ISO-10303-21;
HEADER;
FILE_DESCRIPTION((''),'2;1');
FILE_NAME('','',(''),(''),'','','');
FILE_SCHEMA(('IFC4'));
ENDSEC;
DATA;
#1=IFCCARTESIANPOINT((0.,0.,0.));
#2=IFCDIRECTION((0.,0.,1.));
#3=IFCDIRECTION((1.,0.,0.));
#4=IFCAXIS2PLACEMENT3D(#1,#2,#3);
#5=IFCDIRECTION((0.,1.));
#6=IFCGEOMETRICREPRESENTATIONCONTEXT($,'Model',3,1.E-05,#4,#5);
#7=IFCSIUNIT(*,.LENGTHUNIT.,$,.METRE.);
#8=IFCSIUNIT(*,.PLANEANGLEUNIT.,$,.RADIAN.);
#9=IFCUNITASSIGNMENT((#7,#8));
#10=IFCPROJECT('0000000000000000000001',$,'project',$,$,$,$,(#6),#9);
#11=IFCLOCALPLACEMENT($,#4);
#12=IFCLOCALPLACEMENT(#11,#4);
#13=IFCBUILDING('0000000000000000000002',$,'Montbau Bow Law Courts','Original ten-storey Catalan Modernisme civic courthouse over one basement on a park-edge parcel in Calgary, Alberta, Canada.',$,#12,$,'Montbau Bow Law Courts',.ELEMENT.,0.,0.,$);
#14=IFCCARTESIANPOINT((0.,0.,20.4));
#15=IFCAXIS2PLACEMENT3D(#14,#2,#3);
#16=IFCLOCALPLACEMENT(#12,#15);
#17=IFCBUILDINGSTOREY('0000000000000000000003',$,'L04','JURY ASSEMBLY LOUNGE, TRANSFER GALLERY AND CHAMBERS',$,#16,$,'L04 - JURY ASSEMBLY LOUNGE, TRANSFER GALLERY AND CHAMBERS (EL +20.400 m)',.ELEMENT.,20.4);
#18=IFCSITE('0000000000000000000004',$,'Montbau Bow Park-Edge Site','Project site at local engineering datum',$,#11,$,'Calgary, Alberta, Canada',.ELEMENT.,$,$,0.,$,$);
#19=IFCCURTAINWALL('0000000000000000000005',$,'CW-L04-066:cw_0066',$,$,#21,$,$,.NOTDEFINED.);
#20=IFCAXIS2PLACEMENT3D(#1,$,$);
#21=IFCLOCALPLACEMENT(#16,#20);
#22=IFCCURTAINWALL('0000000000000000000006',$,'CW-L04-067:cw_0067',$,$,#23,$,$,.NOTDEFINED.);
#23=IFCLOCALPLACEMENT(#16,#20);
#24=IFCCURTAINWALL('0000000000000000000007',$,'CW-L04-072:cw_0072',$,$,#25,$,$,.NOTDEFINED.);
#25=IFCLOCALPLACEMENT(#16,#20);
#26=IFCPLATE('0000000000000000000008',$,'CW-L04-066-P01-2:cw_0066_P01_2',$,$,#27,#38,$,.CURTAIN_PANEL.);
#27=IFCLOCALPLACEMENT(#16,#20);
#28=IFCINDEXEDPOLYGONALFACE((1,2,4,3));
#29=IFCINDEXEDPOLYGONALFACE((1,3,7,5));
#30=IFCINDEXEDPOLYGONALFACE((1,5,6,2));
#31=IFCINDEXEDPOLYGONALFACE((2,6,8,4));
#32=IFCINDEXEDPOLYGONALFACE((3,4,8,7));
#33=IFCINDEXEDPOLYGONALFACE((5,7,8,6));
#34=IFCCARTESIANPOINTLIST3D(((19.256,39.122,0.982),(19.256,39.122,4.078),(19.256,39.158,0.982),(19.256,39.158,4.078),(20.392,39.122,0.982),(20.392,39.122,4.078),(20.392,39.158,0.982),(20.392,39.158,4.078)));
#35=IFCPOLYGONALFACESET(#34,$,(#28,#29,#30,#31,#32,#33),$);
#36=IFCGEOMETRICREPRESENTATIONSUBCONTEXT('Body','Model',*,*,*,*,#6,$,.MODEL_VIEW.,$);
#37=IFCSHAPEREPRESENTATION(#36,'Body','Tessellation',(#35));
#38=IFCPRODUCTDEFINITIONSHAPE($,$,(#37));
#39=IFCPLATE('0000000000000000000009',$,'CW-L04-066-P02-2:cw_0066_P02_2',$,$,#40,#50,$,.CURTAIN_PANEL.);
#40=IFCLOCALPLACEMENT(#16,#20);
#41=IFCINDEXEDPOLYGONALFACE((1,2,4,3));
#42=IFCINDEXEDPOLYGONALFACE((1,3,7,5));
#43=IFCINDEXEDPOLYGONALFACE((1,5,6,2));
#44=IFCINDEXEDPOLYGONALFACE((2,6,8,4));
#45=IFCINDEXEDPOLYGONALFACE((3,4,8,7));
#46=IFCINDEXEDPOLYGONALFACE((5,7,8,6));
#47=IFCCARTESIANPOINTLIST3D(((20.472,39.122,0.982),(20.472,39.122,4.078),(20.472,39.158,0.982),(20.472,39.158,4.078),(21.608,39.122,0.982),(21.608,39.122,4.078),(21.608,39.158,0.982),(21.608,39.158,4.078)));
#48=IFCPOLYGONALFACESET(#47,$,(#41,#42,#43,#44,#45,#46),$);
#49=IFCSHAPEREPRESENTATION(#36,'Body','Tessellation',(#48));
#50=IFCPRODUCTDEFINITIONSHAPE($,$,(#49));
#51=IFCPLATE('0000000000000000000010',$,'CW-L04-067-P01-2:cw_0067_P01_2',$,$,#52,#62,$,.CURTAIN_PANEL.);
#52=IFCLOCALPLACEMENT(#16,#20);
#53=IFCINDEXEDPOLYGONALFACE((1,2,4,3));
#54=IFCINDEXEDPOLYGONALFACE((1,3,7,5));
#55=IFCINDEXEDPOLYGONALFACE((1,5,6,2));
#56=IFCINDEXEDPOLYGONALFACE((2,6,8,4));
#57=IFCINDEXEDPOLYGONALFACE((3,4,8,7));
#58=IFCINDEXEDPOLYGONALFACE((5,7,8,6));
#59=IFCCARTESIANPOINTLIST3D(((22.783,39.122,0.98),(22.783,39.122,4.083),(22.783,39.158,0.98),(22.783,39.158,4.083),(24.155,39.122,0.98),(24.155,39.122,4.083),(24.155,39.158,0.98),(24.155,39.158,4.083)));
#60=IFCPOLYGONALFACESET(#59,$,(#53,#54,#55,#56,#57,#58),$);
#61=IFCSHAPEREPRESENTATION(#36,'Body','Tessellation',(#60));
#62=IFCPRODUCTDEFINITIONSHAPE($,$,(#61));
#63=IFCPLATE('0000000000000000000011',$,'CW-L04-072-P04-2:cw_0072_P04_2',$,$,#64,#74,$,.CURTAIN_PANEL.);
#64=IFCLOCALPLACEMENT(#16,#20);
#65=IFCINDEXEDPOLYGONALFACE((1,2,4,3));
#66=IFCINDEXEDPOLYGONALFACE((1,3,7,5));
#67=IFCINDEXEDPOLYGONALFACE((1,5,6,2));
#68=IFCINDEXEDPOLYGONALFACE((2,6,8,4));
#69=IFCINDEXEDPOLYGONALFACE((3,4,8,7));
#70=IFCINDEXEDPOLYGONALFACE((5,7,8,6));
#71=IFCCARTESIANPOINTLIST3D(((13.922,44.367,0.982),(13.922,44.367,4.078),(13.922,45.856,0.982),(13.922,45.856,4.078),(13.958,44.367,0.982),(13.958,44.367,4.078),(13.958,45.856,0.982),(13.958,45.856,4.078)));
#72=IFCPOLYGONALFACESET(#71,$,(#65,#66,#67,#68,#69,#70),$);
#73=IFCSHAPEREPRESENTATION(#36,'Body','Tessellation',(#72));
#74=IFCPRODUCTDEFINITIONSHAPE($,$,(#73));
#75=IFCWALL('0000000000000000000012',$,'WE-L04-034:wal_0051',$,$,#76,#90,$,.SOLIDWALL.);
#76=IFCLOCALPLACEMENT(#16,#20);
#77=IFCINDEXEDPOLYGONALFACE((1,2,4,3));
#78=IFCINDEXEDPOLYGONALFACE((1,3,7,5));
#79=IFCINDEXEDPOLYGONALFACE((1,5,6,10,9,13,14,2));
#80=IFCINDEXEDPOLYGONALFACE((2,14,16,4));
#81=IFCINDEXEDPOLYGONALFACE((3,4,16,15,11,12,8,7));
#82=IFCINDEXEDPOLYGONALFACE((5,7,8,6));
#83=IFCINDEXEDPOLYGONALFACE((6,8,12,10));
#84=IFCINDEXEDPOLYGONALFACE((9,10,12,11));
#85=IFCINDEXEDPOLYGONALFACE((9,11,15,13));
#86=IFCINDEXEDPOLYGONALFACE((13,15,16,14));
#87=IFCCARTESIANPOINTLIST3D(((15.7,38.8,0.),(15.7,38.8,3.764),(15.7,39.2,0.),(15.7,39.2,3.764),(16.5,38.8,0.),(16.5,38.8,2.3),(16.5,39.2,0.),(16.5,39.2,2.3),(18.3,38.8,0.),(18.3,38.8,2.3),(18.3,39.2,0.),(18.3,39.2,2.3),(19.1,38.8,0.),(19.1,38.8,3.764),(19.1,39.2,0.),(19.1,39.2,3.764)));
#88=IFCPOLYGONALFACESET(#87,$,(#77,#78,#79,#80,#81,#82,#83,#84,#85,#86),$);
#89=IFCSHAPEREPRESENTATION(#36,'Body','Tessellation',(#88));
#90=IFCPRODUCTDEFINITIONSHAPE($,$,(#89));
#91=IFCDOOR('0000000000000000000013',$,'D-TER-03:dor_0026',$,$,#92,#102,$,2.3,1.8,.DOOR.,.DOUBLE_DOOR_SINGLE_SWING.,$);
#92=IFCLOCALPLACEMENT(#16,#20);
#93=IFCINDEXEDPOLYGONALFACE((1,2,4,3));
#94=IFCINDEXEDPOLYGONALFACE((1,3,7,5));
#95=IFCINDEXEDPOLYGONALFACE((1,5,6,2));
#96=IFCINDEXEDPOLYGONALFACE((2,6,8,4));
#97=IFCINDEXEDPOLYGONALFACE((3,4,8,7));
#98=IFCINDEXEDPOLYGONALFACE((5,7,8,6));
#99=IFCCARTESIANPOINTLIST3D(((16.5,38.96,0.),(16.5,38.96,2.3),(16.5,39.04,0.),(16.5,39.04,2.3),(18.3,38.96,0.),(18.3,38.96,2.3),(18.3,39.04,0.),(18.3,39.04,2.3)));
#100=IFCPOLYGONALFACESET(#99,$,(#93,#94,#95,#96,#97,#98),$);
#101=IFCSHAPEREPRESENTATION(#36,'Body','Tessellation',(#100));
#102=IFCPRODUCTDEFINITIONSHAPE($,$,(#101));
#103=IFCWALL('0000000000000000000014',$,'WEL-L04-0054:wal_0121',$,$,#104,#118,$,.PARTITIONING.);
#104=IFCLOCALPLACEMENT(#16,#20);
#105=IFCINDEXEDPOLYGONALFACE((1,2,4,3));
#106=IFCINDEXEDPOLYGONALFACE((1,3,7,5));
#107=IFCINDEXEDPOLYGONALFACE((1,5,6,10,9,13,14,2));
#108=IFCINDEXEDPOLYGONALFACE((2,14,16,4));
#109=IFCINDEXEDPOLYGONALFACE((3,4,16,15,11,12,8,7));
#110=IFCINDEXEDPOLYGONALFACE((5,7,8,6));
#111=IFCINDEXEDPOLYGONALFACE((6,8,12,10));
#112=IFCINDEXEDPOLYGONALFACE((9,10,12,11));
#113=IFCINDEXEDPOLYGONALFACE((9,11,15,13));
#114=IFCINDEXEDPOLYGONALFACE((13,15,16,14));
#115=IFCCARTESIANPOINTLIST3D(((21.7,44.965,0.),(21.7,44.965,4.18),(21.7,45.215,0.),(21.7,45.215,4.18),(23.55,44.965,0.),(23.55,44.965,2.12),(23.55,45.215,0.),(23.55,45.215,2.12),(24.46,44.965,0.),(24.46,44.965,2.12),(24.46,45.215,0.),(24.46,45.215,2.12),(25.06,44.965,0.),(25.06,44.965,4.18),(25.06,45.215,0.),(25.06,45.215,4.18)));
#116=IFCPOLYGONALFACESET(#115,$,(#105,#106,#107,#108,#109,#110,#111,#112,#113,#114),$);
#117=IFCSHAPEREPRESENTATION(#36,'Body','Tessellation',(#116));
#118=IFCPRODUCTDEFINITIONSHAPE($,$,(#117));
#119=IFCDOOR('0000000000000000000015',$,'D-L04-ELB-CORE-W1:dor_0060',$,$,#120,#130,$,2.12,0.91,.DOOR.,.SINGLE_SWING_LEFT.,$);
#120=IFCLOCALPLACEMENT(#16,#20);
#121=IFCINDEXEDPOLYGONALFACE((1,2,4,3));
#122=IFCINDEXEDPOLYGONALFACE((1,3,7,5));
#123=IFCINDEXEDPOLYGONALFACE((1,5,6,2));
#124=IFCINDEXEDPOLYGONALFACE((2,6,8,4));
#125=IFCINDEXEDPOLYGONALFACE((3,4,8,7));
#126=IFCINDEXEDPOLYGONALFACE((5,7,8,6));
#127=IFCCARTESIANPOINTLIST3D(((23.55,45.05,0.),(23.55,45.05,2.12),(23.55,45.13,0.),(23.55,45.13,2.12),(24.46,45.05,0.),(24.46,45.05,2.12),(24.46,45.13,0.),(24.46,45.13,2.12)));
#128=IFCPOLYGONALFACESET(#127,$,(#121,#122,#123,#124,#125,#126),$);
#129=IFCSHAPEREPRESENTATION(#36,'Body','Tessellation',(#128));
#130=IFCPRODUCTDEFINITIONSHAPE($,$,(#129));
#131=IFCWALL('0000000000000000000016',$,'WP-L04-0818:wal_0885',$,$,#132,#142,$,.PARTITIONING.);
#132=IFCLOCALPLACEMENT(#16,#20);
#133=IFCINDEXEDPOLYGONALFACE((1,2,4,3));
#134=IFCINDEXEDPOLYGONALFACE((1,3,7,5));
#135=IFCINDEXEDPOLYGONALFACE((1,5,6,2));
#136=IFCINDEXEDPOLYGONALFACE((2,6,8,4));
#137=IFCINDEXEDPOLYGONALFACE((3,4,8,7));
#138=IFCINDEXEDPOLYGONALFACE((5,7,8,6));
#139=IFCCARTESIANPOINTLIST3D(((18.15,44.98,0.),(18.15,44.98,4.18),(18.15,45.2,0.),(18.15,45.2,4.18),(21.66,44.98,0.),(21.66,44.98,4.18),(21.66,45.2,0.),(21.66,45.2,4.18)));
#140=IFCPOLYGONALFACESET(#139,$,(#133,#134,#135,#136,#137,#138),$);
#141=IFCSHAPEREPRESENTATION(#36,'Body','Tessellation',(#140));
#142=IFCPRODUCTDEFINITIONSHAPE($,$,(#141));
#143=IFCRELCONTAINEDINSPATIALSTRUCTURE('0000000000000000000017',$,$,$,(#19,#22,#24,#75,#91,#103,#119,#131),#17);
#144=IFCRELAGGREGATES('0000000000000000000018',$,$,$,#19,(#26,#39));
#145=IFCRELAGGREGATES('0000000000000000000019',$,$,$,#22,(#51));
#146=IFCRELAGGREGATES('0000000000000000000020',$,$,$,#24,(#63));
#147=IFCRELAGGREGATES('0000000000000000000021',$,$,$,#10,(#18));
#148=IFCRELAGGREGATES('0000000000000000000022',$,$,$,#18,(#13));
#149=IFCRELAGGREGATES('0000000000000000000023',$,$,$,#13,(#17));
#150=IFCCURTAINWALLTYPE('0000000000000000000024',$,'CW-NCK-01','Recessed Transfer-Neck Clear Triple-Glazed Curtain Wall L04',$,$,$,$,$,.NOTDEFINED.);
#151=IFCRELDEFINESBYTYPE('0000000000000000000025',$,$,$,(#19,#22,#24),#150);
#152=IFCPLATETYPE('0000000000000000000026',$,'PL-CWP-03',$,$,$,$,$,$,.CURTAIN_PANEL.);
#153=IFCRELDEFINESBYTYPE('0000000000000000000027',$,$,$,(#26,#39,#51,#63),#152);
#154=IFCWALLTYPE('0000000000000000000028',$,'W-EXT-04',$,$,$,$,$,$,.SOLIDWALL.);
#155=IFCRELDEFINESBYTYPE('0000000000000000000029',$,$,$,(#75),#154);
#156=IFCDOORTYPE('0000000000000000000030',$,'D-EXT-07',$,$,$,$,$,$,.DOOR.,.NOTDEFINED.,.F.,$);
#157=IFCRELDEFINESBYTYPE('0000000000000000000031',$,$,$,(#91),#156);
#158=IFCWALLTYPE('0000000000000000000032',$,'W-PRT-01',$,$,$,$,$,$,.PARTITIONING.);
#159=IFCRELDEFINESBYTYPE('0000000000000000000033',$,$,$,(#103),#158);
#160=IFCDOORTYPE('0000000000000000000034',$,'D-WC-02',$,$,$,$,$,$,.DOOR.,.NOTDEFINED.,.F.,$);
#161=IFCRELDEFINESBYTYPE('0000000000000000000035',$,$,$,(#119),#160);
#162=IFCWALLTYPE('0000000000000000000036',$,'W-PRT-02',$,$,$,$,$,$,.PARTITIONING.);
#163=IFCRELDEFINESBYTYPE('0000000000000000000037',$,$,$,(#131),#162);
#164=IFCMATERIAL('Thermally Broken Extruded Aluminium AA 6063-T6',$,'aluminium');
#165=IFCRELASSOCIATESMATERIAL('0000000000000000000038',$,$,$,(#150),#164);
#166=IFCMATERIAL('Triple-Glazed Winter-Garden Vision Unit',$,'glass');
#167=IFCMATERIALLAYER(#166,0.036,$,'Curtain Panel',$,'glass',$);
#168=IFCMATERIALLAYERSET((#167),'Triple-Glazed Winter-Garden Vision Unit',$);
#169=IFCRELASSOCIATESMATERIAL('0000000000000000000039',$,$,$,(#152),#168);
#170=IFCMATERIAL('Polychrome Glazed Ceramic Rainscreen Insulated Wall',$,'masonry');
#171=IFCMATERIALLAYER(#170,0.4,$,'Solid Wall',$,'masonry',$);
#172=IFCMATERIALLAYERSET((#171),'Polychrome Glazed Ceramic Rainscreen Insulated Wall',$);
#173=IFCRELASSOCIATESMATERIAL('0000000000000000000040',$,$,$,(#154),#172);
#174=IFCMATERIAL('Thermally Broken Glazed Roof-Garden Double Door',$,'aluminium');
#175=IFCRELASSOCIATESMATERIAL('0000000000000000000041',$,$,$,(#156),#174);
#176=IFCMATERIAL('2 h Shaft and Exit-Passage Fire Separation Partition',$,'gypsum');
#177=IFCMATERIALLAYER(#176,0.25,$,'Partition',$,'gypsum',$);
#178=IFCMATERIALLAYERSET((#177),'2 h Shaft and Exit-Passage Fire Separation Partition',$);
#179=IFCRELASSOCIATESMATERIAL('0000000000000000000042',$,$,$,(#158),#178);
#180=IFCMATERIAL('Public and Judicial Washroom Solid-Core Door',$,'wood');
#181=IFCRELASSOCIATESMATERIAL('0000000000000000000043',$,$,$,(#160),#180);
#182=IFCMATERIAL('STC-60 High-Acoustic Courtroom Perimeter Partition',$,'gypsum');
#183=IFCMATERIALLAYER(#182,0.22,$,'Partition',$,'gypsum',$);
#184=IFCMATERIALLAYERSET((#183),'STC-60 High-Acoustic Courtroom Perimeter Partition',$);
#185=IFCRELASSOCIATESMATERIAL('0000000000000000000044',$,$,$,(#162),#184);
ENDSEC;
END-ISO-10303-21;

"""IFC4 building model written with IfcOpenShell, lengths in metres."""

from ifc_helpers import new_model, si_unit, direction, frame, frame_2d, origin_with_axes, place, context, subcontext, project, spatial, rectangle, extrude, material, layer, layer_set, type_object, element, fill, aggregate, save


model = new_model("IFC4")

# Units and contexts
model_context = context("Model", 3, precision=1e-05, world=origin_with_axes(), true_north=direction((0.0, 1.0)))
body_context = subcontext(model_context, "Body", "Model", "MODEL_VIEW")
ifc_project = project(units=[si_unit("LENGTHUNIT", "METRE"), si_unit("PLANEANGLEUNIT", "RADIAN")], contexts=[model_context])

# Site, building, storey
site_placement = place(None, origin_with_axes())
site = spatial("IfcSite", under=ifc_project, at=site_placement, Name="Montbau Bow Park-Edge Site", Description="Project site at local engineering datum", LongName="Calgary, Alberta, Canada", CompositionType="ELEMENT", RefElevation=0.0)
building_placement = place(site_placement, origin_with_axes())
building = spatial("IfcBuilding", under=site, at=building_placement, Name="Montbau Bow Law Courts", Description="Original ten-storey Catalan Modernisme civic courthouse over one basement on a park-edge parcel in Calgary, Alberta, Canada.", LongName="Montbau Bow Law Courts", CompositionType="ELEMENT", ElevationOfRefHeight=0.0, ElevationOfTerrain=0.0)
storey_placement = place(building_placement, frame((0.0, 0.0, 20.4), z_axis=(0.0, 0.0, 1.0), x_axis=(1.0, 0.0, 0.0)))
storey = spatial("IfcBuildingStorey", under=building, at=storey_placement, Name="L04", Description="JURY ASSEMBLY LOUNGE, TRANSFER GALLERY AND CHAMBERS", LongName="L04 - JURY ASSEMBLY LOUNGE, TRANSFER GALLERY AND CHAMBERS (EL +20.400 m)", CompositionType="ELEMENT", Elevation=20.4)

# Curtain wall
ifc_material_1 = material(Name="Thermally Broken Extruded Aluminium AA 6063-T6", Category="aluminium")
curtain_wall_type = type_object("IfcCurtainWallType", Name="CW-NCK-01", Description="Recessed Transfer-Neck Clear Triple-Glazed Curtain Wall L04", PredefinedType="NOTDEFINED", material=ifc_material_1)
curtain_wall_1_placement = place(None, frame((19.18, 39.14, 20.4), z_axis=(0.0, 0.0, 1.0), x_axis=(1.0, 0.0, 0.0)))
curtain_wall_1 = element("IfcCurtainWall", 1, at=curtain_wall_1_placement, inside=storey, type_object=curtain_wall_type, Name="CW-L04-066:cw_0066", PredefinedType="NOTDEFINED")

# Curtain wall
curtain_wall_2_placement = place(None, frame((22.715, 39.14, 20.4), z_axis=(0.0, 0.0, 1.0), x_axis=(1.0, 0.0, 0.0)))
curtain_wall_2 = element("IfcCurtainWall", 2, at=curtain_wall_2_placement, inside=storey, type_object=curtain_wall_type, Name="CW-L04-067:cw_0067", PredefinedType="NOTDEFINED")

# Curtain wall
curtain_wall_3_placement = place(None, frame((13.94, 39.515, 20.4), z_axis=(0.0, 0.0, 1.0), x_axis=(1.0, 0.0, 0.0)))
curtain_wall_3 = element("IfcCurtainWall", 3, at=curtain_wall_3_placement, inside=storey, type_object=curtain_wall_type, Name="CW-L04-072:cw_0072", PredefinedType="NOTDEFINED")

# Plates
ifc_material_2 = material(Name="Triple-Glazed Winter-Garden Vision Unit", Category="glass")
ifc_layer_1 = layer(ifc_material_2, 0.036, Name="Curtain Panel", Category="glass")
ifc_layer_set_1 = layer_set([ifc_layer_1], Name="Triple-Glazed Winter-Garden Vision Unit")
plate_type_1 = type_object("IfcPlateType", Name="PL-CWP-03", PredefinedType="CURTAIN_PANEL", material=ifc_layer_set_1)
plate_1_placement = place(None, frame((19.256, 39.14, 21.382), z_axis=(0.0, -1.0, 0.0), x_axis=(1.0, 0.0, 0.0)))
plate_1 = element("IfcPlate", 4, at=plate_1_placement, type_object=plate_type_1, Name="CW-L04-066-P01-2:cw_0066_P01_2", PredefinedType="CURTAIN_PANEL", context=body_context, shape_type="SweptSolid", body=[
    extrude(rectangle(XDim=1.136, YDim=3.096, at=frame_2d((0.568, 1.548), x_axis=(1.0, 0.0))), frame((0.0, 0.0, -0.018), z_axis=(0.0, 0.0, 1.0), x_axis=(1.0, 0.0, 0.0)), (0.0, 0.0, 1.0), 0.036),
])
plate_2_placement = place(None, frame((20.472, 39.14, 21.382), z_axis=(0.0, -1.0, 0.0), x_axis=(1.0, 0.0, 0.0)))
plate_2 = element("IfcPlate", 5, at=plate_2_placement, type_object=plate_type_1, Name="CW-L04-066-P02-2:cw_0066_P02_2", PredefinedType="CURTAIN_PANEL", context=body_context, shape_type="SweptSolid", body=[
    extrude(rectangle(XDim=1.136, YDim=3.096, at=frame_2d((0.568, 1.548), x_axis=(1.0, 0.0))), frame((0.0, 0.0, -0.018), z_axis=(0.0, 0.0, 1.0), x_axis=(1.0, 0.0, 0.0)), (0.0, 0.0, 1.0), 0.036),
])
aggregate(curtain_wall_1, [plate_1, plate_2])
plate_3_placement = place(None, frame((22.783, 39.14, 21.38), z_axis=(0.0, -1.0, 0.0), x_axis=(1.0, 0.0, 0.0)))
plate_3 = element("IfcPlate", 6, at=plate_3_placement, type_object=plate_type_1, Name="CW-L04-067-P01-2:cw_0067_P01_2", PredefinedType="CURTAIN_PANEL", context=body_context, shape_type="SweptSolid", body=[
    extrude(rectangle(XDim=1.372, YDim=3.103, at=frame_2d((0.686, 1.5515), x_axis=(1.0, 0.0))), frame((0.0, 0.0, -0.018), z_axis=(0.0, 0.0, 1.0), x_axis=(1.0, 0.0, 0.0)), (0.0, 0.0, 1.0), 0.036),
])
aggregate(curtain_wall_2, [plate_3])
plate_4_placement = place(None, frame((13.94, 44.367, 21.382), z_axis=(1.0, 0.0, 0.0), x_axis=(0.0, 1.0, 0.0)))
plate_4 = element("IfcPlate", 7, at=plate_4_placement, type_object=plate_type_1, Name="CW-L04-072-P04-2:cw_0072_P04_2", PredefinedType="CURTAIN_PANEL", context=body_context, shape_type="SweptSolid", body=[
    extrude(rectangle(XDim=1.489, YDim=3.096, at=frame_2d((0.7445, 1.548), x_axis=(1.0, 0.0))), frame((0.0, 0.0, -0.018), z_axis=(0.0, 0.0, 1.0), x_axis=(1.0, 0.0, 0.0)), (0.0, 0.0, 1.0), 0.036),
])
aggregate(curtain_wall_3, [plate_4])

# Walls, openings, doors
ifc_material_3 = material(Name="Polychrome Glazed Ceramic Rainscreen Insulated Wall", Category="masonry")
ifc_layer_2 = layer(ifc_material_3, 0.4, Name="Solid Wall", Category="masonry")
ifc_layer_set_2 = layer_set([ifc_layer_2], Name="Polychrome Glazed Ceramic Rainscreen Insulated Wall")
wall_type_1 = type_object("IfcWallType", Name="W-EXT-04", PredefinedType="SOLIDWALL", material=ifc_layer_set_2)
wall_1_placement = place(None, frame((15.7, 39.0, 20.4), z_axis=(0.0, 0.0, 1.0), x_axis=(1.0, 0.0, 0.0)))
wall_1 = element("IfcWall", 8, at=wall_1_placement, inside=storey, type_object=wall_type_1, Name="WE-L04-034:wal_0051", PredefinedType="SOLIDWALL", context=body_context, shape_type="SweptSolid", body=[
    extrude(rectangle(XDim=3.4, YDim=0.4, at=frame_2d((1.7, 0.0), x_axis=(1.0, 0.0))), origin_with_axes(), (0.0, 0.0, 1.0), 3.764),
])
opening_1_placement = place(None, frame((17.4, 39.0, 20.4), z_axis=(0.0, 0.0, 1.0), x_axis=(1.0, 0.0, 0.0)))
opening_1 = element("IfcOpeningElement", 9, at=opening_1_placement, cuts=wall_1, PredefinedType="OPENING", context=body_context, shape_type="SweptSolid", body=[
    extrude(rectangle(XDim=1.8, YDim=2.3, at=frame_2d((0.0, 1.15), x_axis=(1.0, 0.0))), frame((0.0, 0.21, 0.0), z_axis=(0.0, -1.0, 0.0), x_axis=(1.0, 0.0, 0.0)), (0.0, 0.0, 1.0), 0.42),
])
ifc_material_4 = material(Name="Thermally Broken Glazed Roof-Garden Double Door", Category="aluminium")
door_type_1 = type_object("IfcDoorType", Name="D-EXT-07", OperationType="NOTDEFINED", ParameterTakesPrecedence=False, PredefinedType="DOOR", material=ifc_material_4)
door_1_placement = place(None, frame((17.4, 39.0, 20.4), z_axis=(0.0, 0.0, 1.0), x_axis=(1.0, 0.0, 0.0)))
door_1 = element("IfcDoor", 10, at=door_1_placement, inside=storey, type_object=door_type_1, Name="D-TER-03:dor_0026", OperationType="DOUBLE_DOOR_SINGLE_SWING", OverallHeight=2.3, OverallWidth=1.8, PredefinedType="DOOR", context=body_context, shape_type="SweptSolid", body=[
    extrude(rectangle(XDim=1.8, YDim=2.3, at=frame_2d((0.0, 1.15), x_axis=(1.0, 0.0))), frame((0.0, 0.04, 0.0), z_axis=(0.0, -1.0, 0.0), x_axis=(1.0, 0.0, 0.0)), (0.0, 0.0, 1.0), 0.08),
])
fill(opening_1, door_1)
ifc_material_5 = material(Name="2 h Shaft and Exit-Passage Fire Separation Partition", Category="gypsum")
ifc_layer_3 = layer(ifc_material_5, 0.25, Name="Partition", Category="gypsum")
ifc_layer_set_3 = layer_set([ifc_layer_3], Name="2 h Shaft and Exit-Passage Fire Separation Partition")
wall_type_2 = type_object("IfcWallType", Name="W-PRT-01", PredefinedType="PARTITIONING", material=ifc_layer_set_3)
wall_2_placement = place(None, frame((21.7, 45.09, 20.4), z_axis=(0.0, 0.0, 1.0), x_axis=(1.0, 0.0, 0.0)))
wall_2 = element("IfcWall", 11, at=wall_2_placement, inside=storey, type_object=wall_type_2, Name="WEL-L04-0054:wal_0121", PredefinedType="PARTITIONING", context=body_context, shape_type="SweptSolid", body=[
    extrude(rectangle(XDim=3.36, YDim=0.25, at=frame_2d((1.68, 0.0), x_axis=(1.0, 0.0))), origin_with_axes(), (0.0, 0.0, 1.0), 4.18),
])
opening_2_placement = place(None, frame((24.005, 45.09, 20.4), z_axis=(0.0, 0.0, 1.0), x_axis=(1.0, 0.0, 0.0)))
opening_2 = element("IfcOpeningElement", 12, at=opening_2_placement, cuts=wall_2, PredefinedType="OPENING", context=body_context, shape_type="SweptSolid", body=[
    extrude(rectangle(XDim=0.91, YDim=2.12, at=frame_2d((0.0, 1.06), x_axis=(1.0, 0.0))), frame((0.0, 0.135, 0.0), z_axis=(0.0, -1.0, 0.0), x_axis=(1.0, 0.0, 0.0)), (0.0, 0.0, 1.0), 0.27),
])
ifc_material_6 = material(Name="Public and Judicial Washroom Solid-Core Door", Category="wood")
door_type_2 = type_object("IfcDoorType", Name="D-WC-02", OperationType="NOTDEFINED", ParameterTakesPrecedence=False, PredefinedType="DOOR", material=ifc_material_6)
door_2_placement = place(None, frame((24.005, 45.09, 20.4), z_axis=(0.0, 0.0, 1.0), x_axis=(1.0, 0.0, 0.0)))
door_2 = element("IfcDoor", 13, at=door_2_placement, inside=storey, type_object=door_type_2, Name="D-L04-ELB-CORE-W1:dor_0060", OperationType="SINGLE_SWING_LEFT", OverallHeight=2.12, OverallWidth=0.91, PredefinedType="DOOR", context=body_context, shape_type="SweptSolid", body=[
    extrude(rectangle(XDim=0.91, YDim=2.12, at=frame_2d((0.0, 1.06), x_axis=(1.0, 0.0))), frame((0.0, 0.04, 0.0), z_axis=(0.0, -1.0, 0.0), x_axis=(1.0, 0.0, 0.0)), (0.0, 0.0, 1.0), 0.08),
])
fill(opening_2, door_2)

# Wall
ifc_material_7 = material(Name="STC-60 High-Acoustic Courtroom Perimeter Partition", Category="gypsum")
ifc_layer_4 = layer(ifc_material_7, 0.22, Name="Partition", Category="gypsum")
ifc_layer_set_4 = layer_set([ifc_layer_4], Name="STC-60 High-Acoustic Courtroom Perimeter Partition")
wall_type_3 = type_object("IfcWallType", Name="W-PRT-02", PredefinedType="PARTITIONING", material=ifc_layer_set_4)
wall_3_placement = place(None, frame((18.15, 45.09, 20.4), z_axis=(0.0, 0.0, 1.0), x_axis=(1.0, 0.0, 0.0)))
element("IfcWall", 14, at=wall_3_placement, inside=storey, type_object=wall_type_3, Name="WP-L04-0818:wal_0885", PredefinedType="PARTITIONING", context=body_context, shape_type="SweptSolid", body=[
    extrude(rectangle(XDim=3.51, YDim=0.22, at=frame_2d((1.755, 0.0), x_axis=(1.0, 0.0))), origin_with_axes(), (0.0, 0.0, 1.0), 4.18),
])

save(model, "model.ifc")
